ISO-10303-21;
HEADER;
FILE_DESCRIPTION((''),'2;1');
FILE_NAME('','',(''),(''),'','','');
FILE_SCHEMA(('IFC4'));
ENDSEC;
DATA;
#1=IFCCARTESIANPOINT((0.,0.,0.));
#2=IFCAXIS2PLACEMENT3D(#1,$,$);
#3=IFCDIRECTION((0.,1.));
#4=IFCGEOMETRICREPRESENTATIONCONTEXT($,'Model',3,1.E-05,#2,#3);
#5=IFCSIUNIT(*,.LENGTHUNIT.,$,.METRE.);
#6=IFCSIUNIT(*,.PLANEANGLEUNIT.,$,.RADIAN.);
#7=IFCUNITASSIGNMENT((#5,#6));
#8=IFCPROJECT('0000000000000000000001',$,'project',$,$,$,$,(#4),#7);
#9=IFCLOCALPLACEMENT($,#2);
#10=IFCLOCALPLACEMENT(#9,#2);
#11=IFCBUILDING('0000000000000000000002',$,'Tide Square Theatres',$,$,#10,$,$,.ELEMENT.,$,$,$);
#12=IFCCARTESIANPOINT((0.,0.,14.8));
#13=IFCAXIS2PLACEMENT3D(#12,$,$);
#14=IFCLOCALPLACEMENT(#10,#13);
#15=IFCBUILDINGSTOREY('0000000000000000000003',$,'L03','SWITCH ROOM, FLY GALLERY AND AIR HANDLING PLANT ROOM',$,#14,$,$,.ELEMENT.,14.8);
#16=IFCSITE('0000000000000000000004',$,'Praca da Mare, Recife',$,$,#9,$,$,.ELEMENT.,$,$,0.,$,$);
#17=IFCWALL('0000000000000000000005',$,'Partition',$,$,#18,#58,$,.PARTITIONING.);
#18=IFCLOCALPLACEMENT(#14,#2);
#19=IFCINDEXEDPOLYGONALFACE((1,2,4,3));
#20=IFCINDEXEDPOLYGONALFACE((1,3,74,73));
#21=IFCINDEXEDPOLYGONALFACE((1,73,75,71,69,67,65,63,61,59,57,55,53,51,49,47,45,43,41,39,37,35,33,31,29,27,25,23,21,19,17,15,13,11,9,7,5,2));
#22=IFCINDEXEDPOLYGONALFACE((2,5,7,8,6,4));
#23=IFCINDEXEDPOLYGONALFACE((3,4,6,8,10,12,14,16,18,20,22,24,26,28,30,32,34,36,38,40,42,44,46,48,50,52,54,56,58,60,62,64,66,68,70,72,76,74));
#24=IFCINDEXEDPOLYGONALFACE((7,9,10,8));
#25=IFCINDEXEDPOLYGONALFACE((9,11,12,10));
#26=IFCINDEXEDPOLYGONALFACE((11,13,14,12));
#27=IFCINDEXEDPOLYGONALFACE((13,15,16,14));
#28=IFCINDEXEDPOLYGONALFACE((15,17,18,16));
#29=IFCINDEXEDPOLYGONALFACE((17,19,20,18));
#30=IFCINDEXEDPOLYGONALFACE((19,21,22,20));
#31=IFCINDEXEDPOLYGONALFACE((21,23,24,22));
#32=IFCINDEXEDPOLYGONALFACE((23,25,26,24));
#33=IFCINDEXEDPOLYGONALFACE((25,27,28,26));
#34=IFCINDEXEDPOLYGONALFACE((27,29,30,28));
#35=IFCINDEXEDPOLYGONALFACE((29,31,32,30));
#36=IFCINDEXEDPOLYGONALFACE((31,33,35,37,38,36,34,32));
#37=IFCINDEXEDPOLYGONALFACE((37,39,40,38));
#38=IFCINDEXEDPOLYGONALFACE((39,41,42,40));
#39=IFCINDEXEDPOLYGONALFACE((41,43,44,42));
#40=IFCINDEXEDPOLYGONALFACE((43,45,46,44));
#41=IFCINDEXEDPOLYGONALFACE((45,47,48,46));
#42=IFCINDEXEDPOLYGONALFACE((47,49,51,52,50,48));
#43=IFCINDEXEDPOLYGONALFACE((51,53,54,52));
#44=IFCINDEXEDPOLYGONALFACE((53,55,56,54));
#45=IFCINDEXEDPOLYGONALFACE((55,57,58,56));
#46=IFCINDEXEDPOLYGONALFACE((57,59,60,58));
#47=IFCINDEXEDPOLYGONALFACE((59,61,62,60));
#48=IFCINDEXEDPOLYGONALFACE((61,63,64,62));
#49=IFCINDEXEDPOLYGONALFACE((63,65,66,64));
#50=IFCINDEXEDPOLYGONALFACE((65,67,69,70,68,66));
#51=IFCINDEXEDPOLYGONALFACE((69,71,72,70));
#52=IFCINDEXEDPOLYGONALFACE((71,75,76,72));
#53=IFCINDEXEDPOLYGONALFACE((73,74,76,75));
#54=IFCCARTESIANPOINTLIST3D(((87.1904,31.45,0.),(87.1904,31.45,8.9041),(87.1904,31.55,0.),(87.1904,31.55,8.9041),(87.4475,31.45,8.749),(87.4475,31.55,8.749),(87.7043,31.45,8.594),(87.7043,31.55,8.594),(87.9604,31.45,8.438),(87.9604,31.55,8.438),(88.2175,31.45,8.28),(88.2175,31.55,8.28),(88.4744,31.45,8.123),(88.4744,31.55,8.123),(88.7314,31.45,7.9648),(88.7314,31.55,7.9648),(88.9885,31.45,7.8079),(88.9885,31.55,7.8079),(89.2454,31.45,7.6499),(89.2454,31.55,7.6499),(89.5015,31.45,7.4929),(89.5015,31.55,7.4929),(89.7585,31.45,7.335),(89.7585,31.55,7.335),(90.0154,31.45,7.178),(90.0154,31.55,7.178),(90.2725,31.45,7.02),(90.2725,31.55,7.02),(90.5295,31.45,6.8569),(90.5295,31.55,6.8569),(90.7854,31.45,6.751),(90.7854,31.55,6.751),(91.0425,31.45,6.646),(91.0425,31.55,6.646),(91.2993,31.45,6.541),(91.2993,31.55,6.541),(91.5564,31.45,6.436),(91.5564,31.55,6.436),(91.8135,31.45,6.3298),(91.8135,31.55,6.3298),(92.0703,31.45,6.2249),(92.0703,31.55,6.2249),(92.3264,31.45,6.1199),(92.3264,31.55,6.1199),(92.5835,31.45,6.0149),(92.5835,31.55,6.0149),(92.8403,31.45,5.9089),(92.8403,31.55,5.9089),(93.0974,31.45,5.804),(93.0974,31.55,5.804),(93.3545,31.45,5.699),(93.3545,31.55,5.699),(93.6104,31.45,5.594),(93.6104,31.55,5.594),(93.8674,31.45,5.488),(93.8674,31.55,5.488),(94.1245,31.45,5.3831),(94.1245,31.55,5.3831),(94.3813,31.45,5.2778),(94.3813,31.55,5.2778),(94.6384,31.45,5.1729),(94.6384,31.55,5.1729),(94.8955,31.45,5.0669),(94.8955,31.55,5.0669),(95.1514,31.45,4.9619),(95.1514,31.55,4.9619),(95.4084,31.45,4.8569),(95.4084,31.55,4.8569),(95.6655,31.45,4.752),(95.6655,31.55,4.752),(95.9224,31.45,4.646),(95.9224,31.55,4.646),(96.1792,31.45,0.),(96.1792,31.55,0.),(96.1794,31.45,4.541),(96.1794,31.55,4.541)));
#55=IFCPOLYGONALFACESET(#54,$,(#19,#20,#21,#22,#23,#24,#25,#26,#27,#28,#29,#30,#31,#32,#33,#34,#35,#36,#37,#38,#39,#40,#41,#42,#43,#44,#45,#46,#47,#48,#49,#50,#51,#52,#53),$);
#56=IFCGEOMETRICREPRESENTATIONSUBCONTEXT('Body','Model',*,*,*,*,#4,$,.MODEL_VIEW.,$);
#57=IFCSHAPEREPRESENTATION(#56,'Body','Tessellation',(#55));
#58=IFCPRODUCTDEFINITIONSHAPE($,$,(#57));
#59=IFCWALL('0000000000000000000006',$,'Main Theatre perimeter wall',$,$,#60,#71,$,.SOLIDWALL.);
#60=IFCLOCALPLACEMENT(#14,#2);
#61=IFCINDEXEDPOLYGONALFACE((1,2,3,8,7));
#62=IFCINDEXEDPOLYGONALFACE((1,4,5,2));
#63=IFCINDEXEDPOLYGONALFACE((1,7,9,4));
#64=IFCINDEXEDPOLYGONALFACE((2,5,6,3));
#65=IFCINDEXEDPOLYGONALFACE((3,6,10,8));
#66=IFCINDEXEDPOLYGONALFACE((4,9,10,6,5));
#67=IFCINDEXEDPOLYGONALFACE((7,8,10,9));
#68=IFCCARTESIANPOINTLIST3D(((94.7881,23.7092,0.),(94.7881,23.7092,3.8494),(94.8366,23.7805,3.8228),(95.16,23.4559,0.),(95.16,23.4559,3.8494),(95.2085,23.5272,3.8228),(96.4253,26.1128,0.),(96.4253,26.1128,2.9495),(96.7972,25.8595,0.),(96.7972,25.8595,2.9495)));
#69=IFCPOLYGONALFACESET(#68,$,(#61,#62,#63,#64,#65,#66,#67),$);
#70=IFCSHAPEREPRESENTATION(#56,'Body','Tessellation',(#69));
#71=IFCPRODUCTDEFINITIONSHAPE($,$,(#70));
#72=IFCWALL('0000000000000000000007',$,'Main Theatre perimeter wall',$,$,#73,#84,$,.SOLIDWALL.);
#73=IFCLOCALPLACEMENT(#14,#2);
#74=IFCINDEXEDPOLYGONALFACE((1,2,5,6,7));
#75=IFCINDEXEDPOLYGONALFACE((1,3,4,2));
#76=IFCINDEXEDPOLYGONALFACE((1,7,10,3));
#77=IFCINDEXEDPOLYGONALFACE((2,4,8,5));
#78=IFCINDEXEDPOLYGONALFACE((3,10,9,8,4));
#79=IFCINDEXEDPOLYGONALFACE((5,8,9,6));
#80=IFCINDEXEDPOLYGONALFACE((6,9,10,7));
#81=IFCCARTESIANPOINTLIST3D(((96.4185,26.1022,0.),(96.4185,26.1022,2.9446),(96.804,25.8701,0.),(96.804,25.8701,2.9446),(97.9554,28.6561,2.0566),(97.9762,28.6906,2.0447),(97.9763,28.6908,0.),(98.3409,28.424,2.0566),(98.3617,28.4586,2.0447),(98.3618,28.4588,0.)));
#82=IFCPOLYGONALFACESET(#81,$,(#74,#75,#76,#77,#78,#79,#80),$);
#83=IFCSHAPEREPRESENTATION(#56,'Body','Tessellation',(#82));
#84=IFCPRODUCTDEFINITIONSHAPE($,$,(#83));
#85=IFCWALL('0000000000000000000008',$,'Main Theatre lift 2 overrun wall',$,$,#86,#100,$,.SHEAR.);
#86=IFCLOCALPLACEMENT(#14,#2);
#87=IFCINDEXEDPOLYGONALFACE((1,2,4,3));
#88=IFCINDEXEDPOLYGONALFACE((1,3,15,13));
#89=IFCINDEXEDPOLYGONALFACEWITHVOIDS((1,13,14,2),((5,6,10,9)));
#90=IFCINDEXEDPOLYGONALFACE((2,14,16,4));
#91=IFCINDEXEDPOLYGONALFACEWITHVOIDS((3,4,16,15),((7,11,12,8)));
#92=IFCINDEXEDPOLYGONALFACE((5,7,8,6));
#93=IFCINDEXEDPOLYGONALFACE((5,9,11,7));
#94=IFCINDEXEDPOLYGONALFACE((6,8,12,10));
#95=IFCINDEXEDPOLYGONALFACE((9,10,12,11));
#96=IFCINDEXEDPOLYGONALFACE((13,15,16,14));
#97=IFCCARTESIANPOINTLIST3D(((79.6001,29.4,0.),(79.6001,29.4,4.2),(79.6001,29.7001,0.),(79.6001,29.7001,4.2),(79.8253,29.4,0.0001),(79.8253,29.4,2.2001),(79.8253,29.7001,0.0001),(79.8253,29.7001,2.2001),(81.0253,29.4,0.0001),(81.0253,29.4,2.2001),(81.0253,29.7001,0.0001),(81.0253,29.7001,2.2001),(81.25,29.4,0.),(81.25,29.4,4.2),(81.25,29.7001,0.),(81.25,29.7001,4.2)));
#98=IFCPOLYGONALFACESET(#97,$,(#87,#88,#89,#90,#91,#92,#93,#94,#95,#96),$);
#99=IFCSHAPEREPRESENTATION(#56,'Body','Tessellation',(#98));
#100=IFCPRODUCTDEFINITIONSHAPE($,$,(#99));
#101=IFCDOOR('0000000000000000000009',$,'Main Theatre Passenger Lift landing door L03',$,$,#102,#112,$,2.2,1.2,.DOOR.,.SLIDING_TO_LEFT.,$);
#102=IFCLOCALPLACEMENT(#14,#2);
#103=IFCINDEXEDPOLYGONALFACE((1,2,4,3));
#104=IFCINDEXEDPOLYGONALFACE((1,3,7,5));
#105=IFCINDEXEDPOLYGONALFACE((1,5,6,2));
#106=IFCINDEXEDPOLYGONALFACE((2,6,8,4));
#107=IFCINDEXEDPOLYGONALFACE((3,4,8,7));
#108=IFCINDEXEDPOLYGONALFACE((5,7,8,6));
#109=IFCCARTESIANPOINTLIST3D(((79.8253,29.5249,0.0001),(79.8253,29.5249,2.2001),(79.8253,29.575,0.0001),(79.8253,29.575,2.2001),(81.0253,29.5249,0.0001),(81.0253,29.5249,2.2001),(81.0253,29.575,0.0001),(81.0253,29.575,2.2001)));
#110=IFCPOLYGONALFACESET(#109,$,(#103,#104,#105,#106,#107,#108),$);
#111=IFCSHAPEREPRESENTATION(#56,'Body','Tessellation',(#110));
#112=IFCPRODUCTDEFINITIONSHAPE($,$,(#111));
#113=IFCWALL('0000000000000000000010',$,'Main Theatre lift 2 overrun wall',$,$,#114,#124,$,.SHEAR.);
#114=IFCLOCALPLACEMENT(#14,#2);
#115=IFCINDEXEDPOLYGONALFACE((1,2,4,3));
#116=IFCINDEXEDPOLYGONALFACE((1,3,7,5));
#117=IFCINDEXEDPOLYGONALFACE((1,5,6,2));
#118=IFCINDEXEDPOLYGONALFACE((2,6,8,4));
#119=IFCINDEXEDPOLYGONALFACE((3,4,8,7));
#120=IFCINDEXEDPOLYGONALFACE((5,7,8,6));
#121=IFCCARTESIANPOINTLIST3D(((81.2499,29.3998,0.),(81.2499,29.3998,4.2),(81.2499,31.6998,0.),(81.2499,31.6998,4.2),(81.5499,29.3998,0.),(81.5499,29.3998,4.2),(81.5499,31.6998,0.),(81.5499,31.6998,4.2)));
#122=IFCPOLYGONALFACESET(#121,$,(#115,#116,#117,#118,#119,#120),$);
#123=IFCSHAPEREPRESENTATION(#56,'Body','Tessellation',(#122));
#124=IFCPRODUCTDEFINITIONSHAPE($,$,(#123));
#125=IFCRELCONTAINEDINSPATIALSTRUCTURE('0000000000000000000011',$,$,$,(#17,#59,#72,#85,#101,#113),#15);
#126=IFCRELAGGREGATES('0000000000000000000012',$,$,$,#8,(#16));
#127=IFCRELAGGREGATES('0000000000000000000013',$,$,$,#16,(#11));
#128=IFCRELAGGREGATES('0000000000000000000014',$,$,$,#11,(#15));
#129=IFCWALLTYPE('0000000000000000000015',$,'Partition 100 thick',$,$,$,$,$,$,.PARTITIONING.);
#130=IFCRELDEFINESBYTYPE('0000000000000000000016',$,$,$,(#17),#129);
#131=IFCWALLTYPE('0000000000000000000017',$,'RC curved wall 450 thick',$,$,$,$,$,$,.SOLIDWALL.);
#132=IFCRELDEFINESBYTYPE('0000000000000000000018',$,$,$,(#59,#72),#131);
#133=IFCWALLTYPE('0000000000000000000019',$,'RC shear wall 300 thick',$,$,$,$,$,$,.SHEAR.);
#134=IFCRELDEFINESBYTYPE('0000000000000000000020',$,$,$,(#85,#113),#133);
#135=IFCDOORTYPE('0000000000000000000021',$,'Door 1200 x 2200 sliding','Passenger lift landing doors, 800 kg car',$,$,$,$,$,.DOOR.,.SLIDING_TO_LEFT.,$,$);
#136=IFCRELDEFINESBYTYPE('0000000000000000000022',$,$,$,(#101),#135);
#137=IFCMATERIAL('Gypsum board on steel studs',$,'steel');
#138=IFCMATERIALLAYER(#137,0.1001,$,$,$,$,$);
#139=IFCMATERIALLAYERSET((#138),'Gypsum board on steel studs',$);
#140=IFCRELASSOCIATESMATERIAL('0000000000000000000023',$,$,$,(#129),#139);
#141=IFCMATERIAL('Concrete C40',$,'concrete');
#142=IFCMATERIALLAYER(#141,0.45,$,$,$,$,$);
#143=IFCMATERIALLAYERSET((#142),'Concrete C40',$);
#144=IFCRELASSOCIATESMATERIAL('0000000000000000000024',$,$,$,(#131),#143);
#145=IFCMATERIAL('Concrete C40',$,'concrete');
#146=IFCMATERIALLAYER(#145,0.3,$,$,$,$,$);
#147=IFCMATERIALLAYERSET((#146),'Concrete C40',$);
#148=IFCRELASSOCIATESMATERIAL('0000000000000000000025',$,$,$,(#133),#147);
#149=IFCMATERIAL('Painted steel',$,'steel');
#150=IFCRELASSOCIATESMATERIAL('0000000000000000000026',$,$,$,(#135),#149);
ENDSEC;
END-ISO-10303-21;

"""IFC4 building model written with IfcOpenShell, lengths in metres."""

from ifc_helpers import new_model, si_unit, direction, frame, frame_2d, origin, place, context, subcontext, project, spatial, polyline, rectangle, outline, extrude, material, layer, layer_set, type_object, element, fill, save


model = new_model("IFC4")

# Units and contexts
model_context = context("Model", 3, precision=1e-05, world=origin(), true_north=direction((0.0, 1.0)))
body_context = subcontext(model_context, "Body", "Model", "MODEL_VIEW")
ifc_project = project(units=[si_unit("LENGTHUNIT", "METRE"), si_unit("PLANEANGLEUNIT", "RADIAN")], contexts=[model_context])

# Site, building, storey
site_placement = place(None, origin())
site = spatial("IfcSite", under=ifc_project, at=site_placement, Name="Praca da Mare, Recife", CompositionType="ELEMENT", RefElevation=0.0)
building_placement = place(site_placement, origin())
building = spatial("IfcBuilding", under=site, at=building_placement, Name="Tide Square Theatres", CompositionType="ELEMENT")
storey_placement = place(building_placement, frame((0.0, 0.0, 14.8)))
storey = spatial("IfcBuildingStorey", under=building, at=storey_placement, Name="L03", Description="SWITCH ROOM, FLY GALLERY AND AIR HANDLING PLANT ROOM", CompositionType="ELEMENT", Elevation=14.8)

# Shared definitions
ifc_material_1 = material(Name="Gypsum board on steel studs", Category="steel")
ifc_layer_1 = layer(ifc_material_1, 0.1001)
ifc_layer_set_1 = layer_set([ifc_layer_1], Name="Gypsum board on steel studs")
wall_type_1 = type_object("IfcWallType", Name="Partition 100 thick", PredefinedType="PARTITIONING", material=ifc_layer_set_1)

# Walls
wall_1_placement = place(storey_placement, frame((87.1904, 31.5, 0.0), z_axis=(0.0, 0.0, 1.0), x_axis=(1.0, 0.0, 0.0)))
element("IfcWall", 1, at=wall_1_placement, inside=storey, type_object=wall_type_1, Name="Partition", PredefinedType="PARTITIONING", context=body_context, shape_type="SweptSolid", body=[
    extrude(outline(polyline([(0.0, 0.0), (8.9888, 0.0), (8.989, 4.541), (8.7319, 4.646), (8.4751, 4.752), (8.218, 4.8569), (7.9609, 4.9619), (7.7051, 5.0669), (7.448, 5.1729), (7.1909, 5.2778), (6.9341, 5.3831), (6.677, 5.488), (6.4199, 5.594), (6.1641, 5.699), (5.907, 5.804), (5.6499, 5.9089), (5.3931, 6.0149), (5.136, 6.1199), (4.8799, 6.2249), (4.623, 6.3298), (4.366, 6.436), (4.1089, 6.541), (3.8521, 6.646), (3.595, 6.751), (3.3391, 6.8569), (3.082, 7.02), (2.825, 7.178), (2.5681, 7.335), (2.311, 7.4929), (2.0549, 7.6499), (1.7981, 7.8079), (1.541, 7.9648), (1.2839, 8.123), (1.0271, 8.28), (0.77, 8.438), (0.5139, 8.594), (0.2571, 8.749), (0.0, 8.9041), (0.0, 0.0)])), frame((0.0, 0.05, 0.0), z_axis=(0.0, -1.0, 0.0), x_axis=(1.0, 0.0, 0.0)), (0.0, 0.0, 1.0), 0.1001),
])
ifc_material_2 = material(Name="Concrete C40", Category="concrete")
ifc_layer_2 = layer(ifc_material_2, 0.45)
ifc_layer_set_2 = layer_set([ifc_layer_2], Name="Concrete C40")
wall_type_2 = type_object("IfcWallType", Name="RC curved wall 450 thick", PredefinedType="SOLIDWALL", material=ifc_layer_set_2)
wall_2_placement = place(storey_placement, frame((94.9741, 23.5825, 0.0), z_axis=(0.0, 0.0, 1.0), x_axis=(0.562964, 0.826481, 0.0)))
element("IfcWall", 2, at=wall_2_placement, inside=storey, type_object=wall_type_2, Name="Main Theatre perimeter wall", PredefinedType="SOLIDWALL", context=body_context, shape_type="SweptSolid", body=[
    extrude(outline(polyline([(0.0, 0.0), (2.9082, 0.0), (2.9082, 2.9495), (0.0862, 3.8228), (0.0, 3.8494), (0.0, 0.0)])), frame((0.0, 0.2251, 0.0), z_axis=(0.0, -1.0, 0.0), x_axis=(1.0, 0.0, 0.0)), (0.0, 0.0, 1.0), 0.45),
])
wall_3_placement = place(storey_placement, frame((96.6113, 25.9861, 0.0), z_axis=(0.0, 0.0, 1.0), x_axis=(0.515636, 0.856808, 0.0)))
element("IfcWall", 3, at=wall_3_placement, inside=storey, type_object=wall_type_2, Name="Main Theatre perimeter wall", PredefinedType="SOLIDWALL", context=body_context, shape_type="SweptSolid", body=[
    extrude(outline(polyline([(0.0, 0.0), (3.0212, 0.0), (3.021, 2.0447), (2.9807, 2.0566), (0.0, 2.9446), (0.0, 0.0)])), frame((0.0, 0.2251, 0.0), z_axis=(0.0, -1.0, 0.0), x_axis=(1.0, 0.0, 0.0)), (0.0, 0.0, 1.0), 0.45),
])

# Wall, opening, door
ifc_material_3 = material(Name="Concrete C40", Category="concrete")
ifc_layer_3 = layer(ifc_material_3, 0.3)
ifc_layer_set_3 = layer_set([ifc_layer_3], Name="Concrete C40")
wall_type_3 = type_object("IfcWallType", Name="RC shear wall 300 thick", PredefinedType="SHEAR", material=ifc_layer_set_3)
wall_4_placement = place(storey_placement, frame((79.6001, 29.55, 0.0), z_axis=(0.0, 0.0, 1.0), x_axis=(1.0, 0.0, 0.0)))
wall_4 = element("IfcWall", 4, at=wall_4_placement, inside=storey, type_object=wall_type_3, Name="Main Theatre lift 2 overrun wall", PredefinedType="SHEAR", context=body_context, shape_type="SweptSolid", body=[
    extrude(rectangle(XDim=1.6499, YDim=0.3, at=frame_2d((0.825, 0.0))), origin(), (0.0, 0.0, 1.0), 4.2),
])
opening_1_placement = place(wall_4_placement, frame((0.2251, 0.0, 0.0)))
opening_1 = element("IfcOpeningElement", 5, at=opening_1_placement, cuts=wall_4, PredefinedType="OPENING", context=body_context, shape_type="SweptSolid", body=[
    extrude(rectangle(XDim=1.2, YDim=2.2, at=frame_2d((0.6001, 1.1001))), frame((0.0, 0.1599, 0.0), z_axis=(0.0, -1.0, 0.0), x_axis=(1.0, 0.0, 0.0)), (0.0, 0.0, 1.0), 0.3201),
])
ifc_material_4 = material(Name="Painted steel", Category="steel")
door_type_1 = type_object("IfcDoorType", Name="Door 1200 x 2200 sliding", Description="Passenger lift landing doors, 800 kg car", OperationType="SLIDING_TO_LEFT", PredefinedType="DOOR", material=ifc_material_4)
door_1_placement = place(opening_1_placement, origin())
door_1 = element("IfcDoor", 6, at=door_1_placement, inside=storey, type_object=door_type_1, Name="Main Theatre Passenger Lift landing door L03", OperationType="SLIDING_TO_LEFT", OverallHeight=2.2, OverallWidth=1.2, PredefinedType="DOOR", context=body_context, shape_type="SweptSolid", body=[
    extrude(rectangle(XDim=1.2, YDim=2.2, at=frame_2d((0.6001, 1.1001))), frame((0.0, 0.0249, 0.0), z_axis=(0.0, -1.0, 0.0), x_axis=(1.0, 0.0, 0.0)), (0.0, 0.0, 1.0), 0.05),
])
fill(opening_1, door_1)

# Wall
wall_5_placement = place(storey_placement, frame((81.3999, 29.3999, 0.0), z_axis=(0.0, 0.0, 1.0), x_axis=(0.0, 1.0, 0.0)))
element("IfcWall", 7, at=wall_5_placement, inside=storey, type_object=wall_type_3, Name="Main Theatre lift 2 overrun wall", PredefinedType="SHEAR", context=body_context, shape_type="SweptSolid", body=[
    extrude(rectangle(XDim=2.3, YDim=0.3, at=frame_2d((1.1499, 0.0))), origin(), (0.0, 0.0, 1.0), 4.2),
])

save(model, "model.ifc")
